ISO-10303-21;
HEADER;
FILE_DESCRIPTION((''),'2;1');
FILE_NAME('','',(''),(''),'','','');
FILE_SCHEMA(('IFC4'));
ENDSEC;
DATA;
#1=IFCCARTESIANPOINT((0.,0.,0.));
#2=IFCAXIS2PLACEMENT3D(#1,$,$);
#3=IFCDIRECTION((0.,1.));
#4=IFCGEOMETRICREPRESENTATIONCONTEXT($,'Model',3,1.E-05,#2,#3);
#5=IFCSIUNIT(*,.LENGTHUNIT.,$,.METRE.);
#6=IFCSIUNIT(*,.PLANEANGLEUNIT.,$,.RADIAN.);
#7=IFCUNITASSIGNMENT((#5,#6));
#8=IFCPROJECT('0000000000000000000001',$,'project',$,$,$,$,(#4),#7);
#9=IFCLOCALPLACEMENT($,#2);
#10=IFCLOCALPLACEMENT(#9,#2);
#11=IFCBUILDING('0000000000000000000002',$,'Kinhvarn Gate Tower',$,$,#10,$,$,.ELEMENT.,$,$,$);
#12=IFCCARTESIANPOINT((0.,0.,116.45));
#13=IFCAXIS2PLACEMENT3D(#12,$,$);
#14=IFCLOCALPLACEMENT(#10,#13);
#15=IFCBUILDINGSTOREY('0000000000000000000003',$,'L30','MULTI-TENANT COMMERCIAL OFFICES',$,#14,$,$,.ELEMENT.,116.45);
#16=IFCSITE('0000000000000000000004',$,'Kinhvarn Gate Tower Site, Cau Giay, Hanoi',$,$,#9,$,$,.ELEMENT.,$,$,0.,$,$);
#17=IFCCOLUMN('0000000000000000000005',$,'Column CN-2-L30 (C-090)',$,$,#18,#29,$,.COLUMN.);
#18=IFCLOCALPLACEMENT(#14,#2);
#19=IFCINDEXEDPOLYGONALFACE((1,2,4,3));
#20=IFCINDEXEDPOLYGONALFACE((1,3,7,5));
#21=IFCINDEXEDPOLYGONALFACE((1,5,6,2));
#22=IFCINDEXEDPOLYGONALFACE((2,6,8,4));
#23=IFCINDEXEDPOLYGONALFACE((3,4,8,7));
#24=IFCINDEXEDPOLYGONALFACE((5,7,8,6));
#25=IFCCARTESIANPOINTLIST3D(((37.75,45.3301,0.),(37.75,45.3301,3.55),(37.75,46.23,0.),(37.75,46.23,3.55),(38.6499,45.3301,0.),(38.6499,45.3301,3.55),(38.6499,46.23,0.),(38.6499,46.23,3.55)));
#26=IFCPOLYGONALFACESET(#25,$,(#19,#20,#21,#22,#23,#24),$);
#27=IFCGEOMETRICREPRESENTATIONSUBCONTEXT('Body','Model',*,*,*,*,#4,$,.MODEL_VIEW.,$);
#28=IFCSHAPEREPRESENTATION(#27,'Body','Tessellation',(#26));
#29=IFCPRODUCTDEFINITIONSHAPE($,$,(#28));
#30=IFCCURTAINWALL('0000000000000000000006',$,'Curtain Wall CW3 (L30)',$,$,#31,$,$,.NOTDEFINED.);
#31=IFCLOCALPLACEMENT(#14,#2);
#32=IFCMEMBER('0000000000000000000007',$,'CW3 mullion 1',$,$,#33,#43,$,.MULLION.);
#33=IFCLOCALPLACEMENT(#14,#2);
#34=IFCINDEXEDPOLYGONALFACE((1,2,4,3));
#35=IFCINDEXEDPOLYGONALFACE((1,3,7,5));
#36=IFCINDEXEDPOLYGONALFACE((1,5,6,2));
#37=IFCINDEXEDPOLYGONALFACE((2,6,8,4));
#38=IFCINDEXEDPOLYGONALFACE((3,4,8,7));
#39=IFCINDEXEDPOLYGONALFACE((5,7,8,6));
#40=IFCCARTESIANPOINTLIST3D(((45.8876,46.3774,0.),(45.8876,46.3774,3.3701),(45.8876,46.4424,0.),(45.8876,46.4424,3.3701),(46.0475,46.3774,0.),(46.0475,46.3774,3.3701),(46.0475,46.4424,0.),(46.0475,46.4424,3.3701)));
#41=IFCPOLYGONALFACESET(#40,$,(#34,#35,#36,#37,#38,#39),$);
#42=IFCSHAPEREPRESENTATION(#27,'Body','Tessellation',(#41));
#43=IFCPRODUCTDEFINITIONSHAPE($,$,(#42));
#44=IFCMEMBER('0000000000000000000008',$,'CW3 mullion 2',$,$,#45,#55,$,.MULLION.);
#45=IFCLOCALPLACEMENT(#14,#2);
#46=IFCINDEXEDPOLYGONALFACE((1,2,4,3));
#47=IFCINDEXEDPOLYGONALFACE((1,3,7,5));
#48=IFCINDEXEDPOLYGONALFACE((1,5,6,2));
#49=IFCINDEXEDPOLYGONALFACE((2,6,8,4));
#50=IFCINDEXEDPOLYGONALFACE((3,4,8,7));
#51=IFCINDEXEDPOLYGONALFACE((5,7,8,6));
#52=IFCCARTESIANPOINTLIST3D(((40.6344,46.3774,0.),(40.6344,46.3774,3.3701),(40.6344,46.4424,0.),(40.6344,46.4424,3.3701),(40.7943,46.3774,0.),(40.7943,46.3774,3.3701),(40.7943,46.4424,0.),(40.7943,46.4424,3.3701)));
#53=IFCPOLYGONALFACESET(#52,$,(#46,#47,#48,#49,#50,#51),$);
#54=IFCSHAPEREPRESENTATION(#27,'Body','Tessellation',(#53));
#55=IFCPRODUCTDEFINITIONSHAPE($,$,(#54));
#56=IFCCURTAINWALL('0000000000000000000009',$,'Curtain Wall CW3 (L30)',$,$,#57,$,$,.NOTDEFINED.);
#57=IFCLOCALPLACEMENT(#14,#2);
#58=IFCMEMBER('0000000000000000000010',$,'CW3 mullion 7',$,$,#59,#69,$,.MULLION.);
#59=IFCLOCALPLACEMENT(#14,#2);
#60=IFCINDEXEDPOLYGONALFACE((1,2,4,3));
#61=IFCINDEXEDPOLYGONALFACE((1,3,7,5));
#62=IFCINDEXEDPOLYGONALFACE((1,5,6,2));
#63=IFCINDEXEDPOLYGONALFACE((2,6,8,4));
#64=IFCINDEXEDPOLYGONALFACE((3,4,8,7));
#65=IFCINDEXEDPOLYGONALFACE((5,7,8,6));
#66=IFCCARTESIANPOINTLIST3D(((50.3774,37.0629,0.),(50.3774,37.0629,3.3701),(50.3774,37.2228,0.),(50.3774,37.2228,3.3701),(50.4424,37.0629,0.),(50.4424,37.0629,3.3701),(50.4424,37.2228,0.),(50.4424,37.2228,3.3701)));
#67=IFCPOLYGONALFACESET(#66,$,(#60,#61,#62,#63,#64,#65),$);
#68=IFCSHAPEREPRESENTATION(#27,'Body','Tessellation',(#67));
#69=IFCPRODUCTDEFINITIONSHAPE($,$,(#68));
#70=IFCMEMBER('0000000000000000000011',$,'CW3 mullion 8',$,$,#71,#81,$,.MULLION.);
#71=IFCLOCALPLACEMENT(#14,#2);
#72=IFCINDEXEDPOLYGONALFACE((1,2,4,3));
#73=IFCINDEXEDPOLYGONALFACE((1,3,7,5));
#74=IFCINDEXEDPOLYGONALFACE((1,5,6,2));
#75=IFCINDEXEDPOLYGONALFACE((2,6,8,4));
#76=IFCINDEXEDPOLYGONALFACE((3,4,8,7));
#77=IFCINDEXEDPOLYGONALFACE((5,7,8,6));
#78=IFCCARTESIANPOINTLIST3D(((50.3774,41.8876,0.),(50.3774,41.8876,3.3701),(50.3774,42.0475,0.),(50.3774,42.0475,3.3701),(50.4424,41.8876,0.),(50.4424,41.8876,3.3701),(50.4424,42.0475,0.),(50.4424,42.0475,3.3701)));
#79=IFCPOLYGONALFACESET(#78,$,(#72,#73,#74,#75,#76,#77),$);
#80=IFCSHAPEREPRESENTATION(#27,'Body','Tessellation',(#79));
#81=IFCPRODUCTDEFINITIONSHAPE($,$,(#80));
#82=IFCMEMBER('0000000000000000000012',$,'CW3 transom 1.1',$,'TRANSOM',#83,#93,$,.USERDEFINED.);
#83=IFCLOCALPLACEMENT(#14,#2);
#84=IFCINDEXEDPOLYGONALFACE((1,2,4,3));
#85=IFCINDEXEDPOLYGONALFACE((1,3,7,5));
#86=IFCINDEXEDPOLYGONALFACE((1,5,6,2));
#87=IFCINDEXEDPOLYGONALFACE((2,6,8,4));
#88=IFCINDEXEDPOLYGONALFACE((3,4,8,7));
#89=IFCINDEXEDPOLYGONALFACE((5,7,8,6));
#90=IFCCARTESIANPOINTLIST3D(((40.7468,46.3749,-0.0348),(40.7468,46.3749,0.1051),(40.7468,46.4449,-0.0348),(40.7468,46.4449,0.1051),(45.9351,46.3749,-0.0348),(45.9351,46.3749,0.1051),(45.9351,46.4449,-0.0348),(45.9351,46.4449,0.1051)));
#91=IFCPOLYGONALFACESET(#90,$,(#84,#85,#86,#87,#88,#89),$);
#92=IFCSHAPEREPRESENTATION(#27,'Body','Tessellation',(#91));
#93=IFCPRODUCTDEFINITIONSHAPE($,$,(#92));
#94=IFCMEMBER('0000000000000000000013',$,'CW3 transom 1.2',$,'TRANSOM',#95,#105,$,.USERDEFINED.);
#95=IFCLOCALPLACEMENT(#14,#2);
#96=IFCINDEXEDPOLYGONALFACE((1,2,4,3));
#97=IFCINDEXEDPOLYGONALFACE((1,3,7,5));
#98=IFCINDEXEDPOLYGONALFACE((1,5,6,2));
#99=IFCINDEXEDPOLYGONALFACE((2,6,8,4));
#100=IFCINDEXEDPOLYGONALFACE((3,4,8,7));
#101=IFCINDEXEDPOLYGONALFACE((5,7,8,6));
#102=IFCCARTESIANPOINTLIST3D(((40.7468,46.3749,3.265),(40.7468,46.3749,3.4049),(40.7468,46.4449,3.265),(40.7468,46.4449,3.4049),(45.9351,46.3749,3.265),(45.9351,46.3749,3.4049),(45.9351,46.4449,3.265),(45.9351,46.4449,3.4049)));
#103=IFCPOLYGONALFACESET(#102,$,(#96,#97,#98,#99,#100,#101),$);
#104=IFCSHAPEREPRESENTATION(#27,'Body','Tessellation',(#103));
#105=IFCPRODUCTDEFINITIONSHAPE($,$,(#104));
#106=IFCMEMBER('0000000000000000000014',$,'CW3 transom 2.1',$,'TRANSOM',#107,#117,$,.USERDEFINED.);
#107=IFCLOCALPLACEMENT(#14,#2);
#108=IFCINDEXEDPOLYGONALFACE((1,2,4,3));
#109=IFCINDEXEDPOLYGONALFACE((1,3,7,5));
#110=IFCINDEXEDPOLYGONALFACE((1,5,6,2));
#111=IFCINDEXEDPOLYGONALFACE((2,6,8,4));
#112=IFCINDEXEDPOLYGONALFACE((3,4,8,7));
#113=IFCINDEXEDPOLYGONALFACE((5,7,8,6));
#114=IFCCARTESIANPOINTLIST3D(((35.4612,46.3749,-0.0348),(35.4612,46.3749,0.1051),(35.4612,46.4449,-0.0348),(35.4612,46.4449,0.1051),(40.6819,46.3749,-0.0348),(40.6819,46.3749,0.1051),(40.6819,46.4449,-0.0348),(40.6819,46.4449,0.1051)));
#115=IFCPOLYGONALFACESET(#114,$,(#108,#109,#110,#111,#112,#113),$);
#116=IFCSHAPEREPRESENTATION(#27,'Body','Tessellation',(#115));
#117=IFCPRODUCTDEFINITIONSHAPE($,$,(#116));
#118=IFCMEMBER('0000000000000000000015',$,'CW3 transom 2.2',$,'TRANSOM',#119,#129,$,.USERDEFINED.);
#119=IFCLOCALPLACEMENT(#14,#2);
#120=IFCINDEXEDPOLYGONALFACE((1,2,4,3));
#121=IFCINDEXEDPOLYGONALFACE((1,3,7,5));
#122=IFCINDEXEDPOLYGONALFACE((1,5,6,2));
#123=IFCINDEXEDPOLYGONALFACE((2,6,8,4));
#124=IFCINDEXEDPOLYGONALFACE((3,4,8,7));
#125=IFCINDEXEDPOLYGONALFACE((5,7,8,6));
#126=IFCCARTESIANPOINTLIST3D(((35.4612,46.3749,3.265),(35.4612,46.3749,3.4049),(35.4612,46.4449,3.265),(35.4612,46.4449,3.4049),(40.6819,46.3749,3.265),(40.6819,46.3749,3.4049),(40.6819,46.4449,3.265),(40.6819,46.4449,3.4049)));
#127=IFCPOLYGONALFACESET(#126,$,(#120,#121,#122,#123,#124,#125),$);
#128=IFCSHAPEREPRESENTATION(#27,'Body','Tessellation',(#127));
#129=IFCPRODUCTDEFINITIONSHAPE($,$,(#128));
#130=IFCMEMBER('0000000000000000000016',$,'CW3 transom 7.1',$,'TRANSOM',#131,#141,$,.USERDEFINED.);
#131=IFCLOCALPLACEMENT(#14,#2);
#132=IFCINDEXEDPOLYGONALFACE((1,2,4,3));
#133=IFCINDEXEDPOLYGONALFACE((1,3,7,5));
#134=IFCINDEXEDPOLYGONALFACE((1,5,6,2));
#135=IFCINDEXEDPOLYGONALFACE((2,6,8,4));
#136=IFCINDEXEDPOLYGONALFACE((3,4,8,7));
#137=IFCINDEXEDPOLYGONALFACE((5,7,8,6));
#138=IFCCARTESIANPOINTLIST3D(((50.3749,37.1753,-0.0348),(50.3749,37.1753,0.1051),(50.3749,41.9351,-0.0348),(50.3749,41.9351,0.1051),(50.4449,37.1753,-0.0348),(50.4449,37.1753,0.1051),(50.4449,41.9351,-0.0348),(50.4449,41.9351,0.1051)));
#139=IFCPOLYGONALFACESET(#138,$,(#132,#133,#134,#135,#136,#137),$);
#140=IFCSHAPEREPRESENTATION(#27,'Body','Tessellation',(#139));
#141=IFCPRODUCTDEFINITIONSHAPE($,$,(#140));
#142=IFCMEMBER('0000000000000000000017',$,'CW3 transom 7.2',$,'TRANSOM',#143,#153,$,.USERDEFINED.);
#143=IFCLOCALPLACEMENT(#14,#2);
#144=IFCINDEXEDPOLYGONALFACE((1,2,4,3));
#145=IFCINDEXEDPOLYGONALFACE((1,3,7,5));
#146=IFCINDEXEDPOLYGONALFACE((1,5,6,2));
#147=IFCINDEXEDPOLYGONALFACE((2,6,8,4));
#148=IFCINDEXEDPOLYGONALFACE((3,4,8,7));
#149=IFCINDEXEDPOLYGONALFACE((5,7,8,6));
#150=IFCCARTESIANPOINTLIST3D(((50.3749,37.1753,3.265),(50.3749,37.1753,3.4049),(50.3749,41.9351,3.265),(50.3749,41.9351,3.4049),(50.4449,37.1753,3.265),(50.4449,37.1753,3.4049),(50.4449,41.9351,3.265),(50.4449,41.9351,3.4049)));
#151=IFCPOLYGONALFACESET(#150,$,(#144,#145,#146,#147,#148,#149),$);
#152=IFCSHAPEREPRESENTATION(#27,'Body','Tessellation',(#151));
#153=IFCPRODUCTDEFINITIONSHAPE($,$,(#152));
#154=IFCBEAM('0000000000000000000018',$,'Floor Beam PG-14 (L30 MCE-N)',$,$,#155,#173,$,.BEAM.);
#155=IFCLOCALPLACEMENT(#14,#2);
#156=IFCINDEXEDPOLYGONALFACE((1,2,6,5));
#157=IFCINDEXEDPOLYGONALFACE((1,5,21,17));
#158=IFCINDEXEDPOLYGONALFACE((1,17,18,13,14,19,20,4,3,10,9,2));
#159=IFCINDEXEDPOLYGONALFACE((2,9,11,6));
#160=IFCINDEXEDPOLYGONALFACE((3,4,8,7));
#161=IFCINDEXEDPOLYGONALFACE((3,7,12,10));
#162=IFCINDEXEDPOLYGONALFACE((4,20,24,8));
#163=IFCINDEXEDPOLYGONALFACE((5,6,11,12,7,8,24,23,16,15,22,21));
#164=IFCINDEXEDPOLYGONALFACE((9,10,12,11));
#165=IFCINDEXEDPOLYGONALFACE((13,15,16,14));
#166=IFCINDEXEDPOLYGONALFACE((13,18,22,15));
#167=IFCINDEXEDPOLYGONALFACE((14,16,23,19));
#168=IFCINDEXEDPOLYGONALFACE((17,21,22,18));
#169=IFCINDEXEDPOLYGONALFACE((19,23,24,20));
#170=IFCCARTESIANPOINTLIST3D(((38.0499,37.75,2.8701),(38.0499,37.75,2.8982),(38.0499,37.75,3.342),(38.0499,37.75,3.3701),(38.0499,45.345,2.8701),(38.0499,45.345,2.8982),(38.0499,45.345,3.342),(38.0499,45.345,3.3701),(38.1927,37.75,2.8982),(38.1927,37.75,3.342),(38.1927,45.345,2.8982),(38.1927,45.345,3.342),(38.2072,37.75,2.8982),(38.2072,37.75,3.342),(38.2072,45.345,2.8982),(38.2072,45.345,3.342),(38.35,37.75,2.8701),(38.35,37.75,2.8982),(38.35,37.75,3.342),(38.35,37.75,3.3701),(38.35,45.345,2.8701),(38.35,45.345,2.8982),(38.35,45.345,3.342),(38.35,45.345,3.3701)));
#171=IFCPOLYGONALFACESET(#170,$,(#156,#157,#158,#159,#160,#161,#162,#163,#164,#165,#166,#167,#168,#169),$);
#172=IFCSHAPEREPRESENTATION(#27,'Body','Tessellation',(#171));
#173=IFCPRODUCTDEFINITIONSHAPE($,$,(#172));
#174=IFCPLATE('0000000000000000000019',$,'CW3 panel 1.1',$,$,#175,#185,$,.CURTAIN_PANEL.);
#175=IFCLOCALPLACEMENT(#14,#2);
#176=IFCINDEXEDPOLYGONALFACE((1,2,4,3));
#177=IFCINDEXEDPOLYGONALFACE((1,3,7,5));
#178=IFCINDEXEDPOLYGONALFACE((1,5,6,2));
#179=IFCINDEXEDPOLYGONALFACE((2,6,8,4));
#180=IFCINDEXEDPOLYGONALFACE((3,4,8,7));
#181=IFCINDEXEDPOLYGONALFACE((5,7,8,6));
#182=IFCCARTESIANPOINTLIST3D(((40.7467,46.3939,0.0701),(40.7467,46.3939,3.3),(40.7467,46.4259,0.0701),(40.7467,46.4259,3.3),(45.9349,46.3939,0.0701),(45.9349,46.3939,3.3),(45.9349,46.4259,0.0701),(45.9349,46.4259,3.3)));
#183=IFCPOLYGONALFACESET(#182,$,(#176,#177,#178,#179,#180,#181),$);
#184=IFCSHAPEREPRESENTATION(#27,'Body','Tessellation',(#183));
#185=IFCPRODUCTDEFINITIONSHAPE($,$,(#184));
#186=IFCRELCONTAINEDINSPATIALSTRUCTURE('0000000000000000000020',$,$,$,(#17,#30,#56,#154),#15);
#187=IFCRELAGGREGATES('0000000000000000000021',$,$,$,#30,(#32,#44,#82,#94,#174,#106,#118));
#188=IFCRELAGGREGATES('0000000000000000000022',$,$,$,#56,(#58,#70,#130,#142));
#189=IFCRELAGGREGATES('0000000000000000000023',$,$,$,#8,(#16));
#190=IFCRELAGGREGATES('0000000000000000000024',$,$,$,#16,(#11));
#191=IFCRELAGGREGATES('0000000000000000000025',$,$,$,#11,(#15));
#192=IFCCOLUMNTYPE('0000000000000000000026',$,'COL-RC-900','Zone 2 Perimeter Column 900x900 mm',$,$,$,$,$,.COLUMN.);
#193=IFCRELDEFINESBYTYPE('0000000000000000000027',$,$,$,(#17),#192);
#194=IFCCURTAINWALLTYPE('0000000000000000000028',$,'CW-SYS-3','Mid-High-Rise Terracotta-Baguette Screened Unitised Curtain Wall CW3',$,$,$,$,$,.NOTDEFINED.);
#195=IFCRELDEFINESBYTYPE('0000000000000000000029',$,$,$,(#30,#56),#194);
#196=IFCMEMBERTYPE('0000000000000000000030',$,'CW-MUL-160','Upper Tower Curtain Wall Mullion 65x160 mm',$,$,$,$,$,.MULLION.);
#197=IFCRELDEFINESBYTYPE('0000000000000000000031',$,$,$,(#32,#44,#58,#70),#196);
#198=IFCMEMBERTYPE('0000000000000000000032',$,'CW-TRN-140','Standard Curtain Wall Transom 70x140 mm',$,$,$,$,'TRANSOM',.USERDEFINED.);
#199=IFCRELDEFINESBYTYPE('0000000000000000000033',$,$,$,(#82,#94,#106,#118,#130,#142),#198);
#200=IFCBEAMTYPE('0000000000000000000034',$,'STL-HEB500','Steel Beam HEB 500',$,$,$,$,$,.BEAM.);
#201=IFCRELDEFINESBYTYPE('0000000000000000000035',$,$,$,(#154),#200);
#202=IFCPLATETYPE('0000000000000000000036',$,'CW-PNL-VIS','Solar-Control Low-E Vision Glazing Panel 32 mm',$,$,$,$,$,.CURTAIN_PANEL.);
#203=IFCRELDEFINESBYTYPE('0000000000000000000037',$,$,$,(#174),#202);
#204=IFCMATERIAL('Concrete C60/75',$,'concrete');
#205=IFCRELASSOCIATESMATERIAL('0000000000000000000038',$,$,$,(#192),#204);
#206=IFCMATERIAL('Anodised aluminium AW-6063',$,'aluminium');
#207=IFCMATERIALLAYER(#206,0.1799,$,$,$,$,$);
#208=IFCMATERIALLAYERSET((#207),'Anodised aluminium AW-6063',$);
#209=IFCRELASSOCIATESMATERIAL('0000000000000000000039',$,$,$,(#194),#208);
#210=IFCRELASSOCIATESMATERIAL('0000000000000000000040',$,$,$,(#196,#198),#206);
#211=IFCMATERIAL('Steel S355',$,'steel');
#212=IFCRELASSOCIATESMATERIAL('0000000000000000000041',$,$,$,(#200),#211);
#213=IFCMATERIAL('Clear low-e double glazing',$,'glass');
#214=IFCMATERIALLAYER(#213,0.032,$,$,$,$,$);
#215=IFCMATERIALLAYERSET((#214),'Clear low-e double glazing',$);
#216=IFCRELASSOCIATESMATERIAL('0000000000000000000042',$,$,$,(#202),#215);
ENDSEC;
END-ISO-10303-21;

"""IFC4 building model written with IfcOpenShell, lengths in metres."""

from ifc_helpers import new_model, si_unit, direction, frame, origin, origin_2d, place, context, subcontext, project, spatial, rectangle, i_section, extrude, material, layer, layer_set, material_profile, profile_set, type_object, element, aggregate, save


model = new_model("IFC4")

# Units and contexts
model_context = context("Model", 3, precision=1e-05, world=origin(), true_north=direction((0.0, 1.0)))
body_context = subcontext(model_context, "Body", "Model", "MODEL_VIEW")
ifc_project = project(units=[si_unit("LENGTHUNIT", "METRE"), si_unit("PLANEANGLEUNIT", "RADIAN")], contexts=[model_context])

# Site, building, storey
site_placement = place(None, origin())
site = spatial("IfcSite", under=ifc_project, at=site_placement, Name="Kinhvarn Gate Tower Site, Cau Giay, Hanoi", CompositionType="ELEMENT", RefElevation=0.0)
building_placement = place(site_placement, origin())
building = spatial("IfcBuilding", under=site, at=building_placement, Name="Kinhvarn Gate Tower", CompositionType="ELEMENT")
storey_placement = place(building_placement, frame((0.0, 0.0, 116.45)))
storey = spatial("IfcBuildingStorey", under=building, at=storey_placement, Name="L30", Description="MULTI-TENANT COMMERCIAL OFFICES", CompositionType="ELEMENT", Elevation=116.45)

# Column
ifc_material_1 = material(Name="Concrete C60/75", Category="concrete")
ifc_material_profile_1 = material_profile(ifc_material_1, rectangle(XDim=0.8999, YDim=0.8999, at=origin_2d()), Name="RC 900x900")
ifc_profile_set_1 = profile_set([ifc_material_profile_1], Name="Concrete C60/75")
column_type = type_object("IfcColumnType", Name="COL-RC-900", Description="Zone 2 Perimeter Column 900x900 mm", PredefinedType="COLUMN", material=ifc_profile_set_1)
column_placement = place(storey_placement, frame((38.2, 45.78, 0.0), z_axis=(0.0, 0.0, 1.0), x_axis=(1.0, 0.0, 0.0)))
element("IfcColumn", 1, at=column_placement, inside=storey, type_object=column_type, Name="Column CN-2-L30 (C-090)", PredefinedType="COLUMN", context=body_context, shape_type="SweptSolid", body=[
    extrude(rectangle(XDim=0.8999, YDim=0.8999, at=origin_2d()), origin(), (0.0, 0.0, 1.0), 3.55),
])

# Curtain walls, members
ifc_material_2 = material(Name="Anodised aluminium AW-6063", Category="aluminium")
ifc_layer_1 = layer(ifc_material_2, 0.1799)
ifc_layer_set_1 = layer_set([ifc_layer_1], Name="Anodised aluminium AW-6063")
curtain_wall_type = type_object("IfcCurtainWallType", Name="CW-SYS-3", Description="Mid-High-Rise Terracotta-Baguette Screened Unitised Curtain Wall CW3", PredefinedType="NOTDEFINED", material=ifc_layer_set_1)
curtain_wall_1_placement = place(storey_placement, origin())
curtain_wall_1 = element("IfcCurtainWall", 2, at=curtain_wall_1_placement, inside=storey, type_object=curtain_wall_type, Name="Curtain Wall CW3 (L30)", PredefinedType="NOTDEFINED")
ifc_material_profile_2 = material_profile(ifc_material_2, rectangle(XDim=0.0649, YDim=0.1599, at=origin_2d()), Name="ALU 65x160")
ifc_profile_set_2 = profile_set([ifc_material_profile_2], Name="Anodised aluminium AW-6063")
member_type_1 = type_object("IfcMemberType", Name="CW-MUL-160", Description="Upper Tower Curtain Wall Mullion 65x160 mm", PredefinedType="MULLION", material=ifc_profile_set_2)
member_1_placement = place(storey_placement, frame((45.9675, 46.4099, 0.0), z_axis=(0.0, 0.0, 1.0), x_axis=(0.0, -1.0, 0.0)))
member_1 = element("IfcMember", 3, at=member_1_placement, type_object=member_type_1, Name="CW3 mullion 1", PredefinedType="MULLION", context=body_context, shape_type="SweptSolid", body=[
    extrude(rectangle(XDim=0.0649, YDim=0.1599, at=origin_2d()), origin(), (0.0, 0.0, 1.0), 3.3701),
])
member_2_placement = place(storey_placement, frame((40.7144, 46.4099, 0.0), z_axis=(0.0, 0.0, 1.0), x_axis=(0.0, -1.0, 0.0)))
member_2 = element("IfcMember", 4, at=member_2_placement, type_object=member_type_1, Name="CW3 mullion 2", PredefinedType="MULLION", context=body_context, shape_type="SweptSolid", body=[
    extrude(rectangle(XDim=0.0649, YDim=0.1599, at=origin_2d()), origin(), (0.0, 0.0, 1.0), 3.3701),
])
curtain_wall_2_placement = place(storey_placement, origin())
curtain_wall_2 = element("IfcCurtainWall", 5, at=curtain_wall_2_placement, inside=storey, type_object=curtain_wall_type, Name="Curtain Wall CW3 (L30)", PredefinedType="NOTDEFINED")
member_3_placement = place(storey_placement, frame((50.4099, 37.1428, 0.0), z_axis=(0.0, 0.0, 1.0), x_axis=(-1.0, 0.0, 0.0)))
member_3 = element("IfcMember", 6, at=member_3_placement, type_object=member_type_1, Name="CW3 mullion 7", PredefinedType="MULLION", context=body_context, shape_type="SweptSolid", body=[
    extrude(rectangle(XDim=0.0649, YDim=0.1599, at=origin_2d()), origin(), (0.0, 0.0, 1.0), 3.3701),
])
member_4_placement = place(storey_placement, frame((50.4099, 41.9675, 0.0), z_axis=(0.0, 0.0, 1.0), x_axis=(-1.0, 0.0, 0.0)))
member_4 = element("IfcMember", 7, at=member_4_placement, type_object=member_type_1, Name="CW3 mullion 8", PredefinedType="MULLION", context=body_context, shape_type="SweptSolid", body=[
    extrude(rectangle(XDim=0.0649, YDim=0.1599, at=origin_2d()), origin(), (0.0, 0.0, 1.0), 3.3701),
])

# Members
ifc_material_profile_3 = material_profile(ifc_material_2, rectangle(XDim=0.0701, YDim=0.1399, at=origin_2d()), Name="ALU 70x140")
ifc_profile_set_3 = profile_set([ifc_material_profile_3], Name="Anodised aluminium AW-6063")
member_type_2 = type_object("IfcMemberType", Name="CW-TRN-140", Description="Standard Curtain Wall Transom 70x140 mm", ElementType="TRANSOM", PredefinedType="USERDEFINED", material=ifc_profile_set_3)
member_5_placement = place(storey_placement, frame((45.9351, 46.4099, 0.0352), z_axis=(-1.0, 0.0, 0.0), x_axis=(0.0, -1.0, 0.0)))
member_5 = element("IfcMember", 8, at=member_5_placement, type_object=member_type_2, Name="CW3 transom 1.1", ObjectType="TRANSOM", PredefinedType="USERDEFINED", context=body_context, shape_type="SweptSolid", body=[
    extrude(rectangle(XDim=0.0701, YDim=0.1399, at=origin_2d()), origin(), (0.0, 0.0, 1.0), 5.1882),
])
member_6_placement = place(storey_placement, frame((45.9351, 46.4099, 3.335), z_axis=(-1.0, 0.0, 0.0), x_axis=(0.0, -1.0, 0.0)))
member_6 = element("IfcMember", 9, at=member_6_placement, type_object=member_type_2, Name="CW3 transom 1.2", ObjectType="TRANSOM", PredefinedType="USERDEFINED", context=body_context, shape_type="SweptSolid", body=[
    extrude(rectangle(XDim=0.0701, YDim=0.1399, at=origin_2d()), origin(), (0.0, 0.0, 1.0), 5.1882),
])
member_7_placement = place(storey_placement, frame((40.6819, 46.4099, 0.0352), z_axis=(-1.0, 0.0, 0.0), x_axis=(0.0, -1.0, 0.0)))
member_7 = element("IfcMember", 10, at=member_7_placement, type_object=member_type_2, Name="CW3 transom 2.1", ObjectType="TRANSOM", PredefinedType="USERDEFINED", context=body_context, shape_type="SweptSolid", body=[
    extrude(rectangle(XDim=0.0701, YDim=0.1399, at=origin_2d()), origin(), (0.0, 0.0, 1.0), 5.2207),
])
member_8_placement = place(storey_placement, frame((40.6819, 46.4099, 3.335), z_axis=(-1.0, 0.0, 0.0), x_axis=(0.0, -1.0, 0.0)))
member_8 = element("IfcMember", 11, at=member_8_placement, type_object=member_type_2, Name="CW3 transom 2.2", ObjectType="TRANSOM", PredefinedType="USERDEFINED", context=body_context, shape_type="SweptSolid", body=[
    extrude(rectangle(XDim=0.0701, YDim=0.1399, at=origin_2d()), origin(), (0.0, 0.0, 1.0), 5.2207),
])
member_9_placement = place(storey_placement, frame((50.4099, 37.1753, 0.0352), z_axis=(0.0, 1.0, 0.0), x_axis=(-1.0, 0.0, 0.0)))
member_9 = element("IfcMember", 12, at=member_9_placement, type_object=member_type_2, Name="CW3 transom 7.1", ObjectType="TRANSOM", PredefinedType="USERDEFINED", context=body_context, shape_type="SweptSolid", body=[
    extrude(rectangle(XDim=0.0701, YDim=0.1399, at=origin_2d()), origin(), (0.0, 0.0, 1.0), 4.7598),
])
member_10_placement = place(storey_placement, frame((50.4099, 37.1753, 3.335), z_axis=(0.0, 1.0, 0.0), x_axis=(-1.0, 0.0, 0.0)))
member_10 = element("IfcMember", 13, at=member_10_placement, type_object=member_type_2, Name="CW3 transom 7.2", ObjectType="TRANSOM", PredefinedType="USERDEFINED", context=body_context, shape_type="SweptSolid", body=[
    extrude(rectangle(XDim=0.0701, YDim=0.1399, at=origin_2d()), origin(), (0.0, 0.0, 1.0), 4.7598),
])

# Beam
ifc_material_3 = material(Name="Steel S355", Category="steel")
ifc_material_profile_4 = material_profile(ifc_material_3, i_section(OverallWidth=0.3, OverallDepth=0.5, WebThickness=0.0144, FlangeThickness=0.0281, at=origin_2d()), Name="HEB 500")
ifc_profile_set_4 = profile_set([ifc_material_profile_4], Name="Steel S355")
beam_type = type_object("IfcBeamType", Name="STL-HEB500", Description="Steel Beam HEB 500", PredefinedType="BEAM", material=ifc_profile_set_4)
beam_placement = place(storey_placement, frame((38.2, 37.75, 3.1201), z_axis=(0.0, 1.0, 0.0), x_axis=(-1.0, 0.0, 0.0)))
element("IfcBeam", 14, at=beam_placement, inside=storey, type_object=beam_type, Name="Floor Beam PG-14 (L30 MCE-N)", PredefinedType="BEAM", context=body_context, shape_type="SweptSolid", body=[
    extrude(i_section(OverallWidth=0.3, OverallDepth=0.5, WebThickness=0.0144, FlangeThickness=0.0281, at=origin_2d()), origin(), (0.0, 0.0, 1.0), 7.595),
])

# Plate
ifc_material_4 = material(Name="Clear low-e double glazing", Category="glass")
ifc_layer_2 = layer(ifc_material_4, 0.032)
ifc_layer_set_2 = layer_set([ifc_layer_2], Name="Clear low-e double glazing")
plate_type = type_object("IfcPlateType", Name="CW-PNL-VIS", Description="Solar-Control Low-E Vision Glazing Panel 32 mm", PredefinedType="CURTAIN_PANEL", material=ifc_layer_set_2)
plate_1_placement = place(storey_placement, frame((43.3408, 46.4099, 0.0701), z_axis=(0.0, 0.0, 1.0), x_axis=(-1.0, 0.0, 0.0)))
plate_1 = element("IfcPlate", 15, at=plate_1_placement, type_object=plate_type, Name="CW3 panel 1.1", PredefinedType="CURTAIN_PANEL", context=body_context, shape_type="SweptSolid", body=[
    extrude(rectangle(XDim=5.1882, YDim=0.032, at=origin_2d()), origin(), (0.0, 0.0, 1.0), 3.23),
])
aggregate(curtain_wall_1, [member_1, member_2, member_5, member_6, plate_1, member_7, member_8])
aggregate(curtain_wall_2, [member_3, member_4, member_9, member_10])

save(model, "model.ifc")
